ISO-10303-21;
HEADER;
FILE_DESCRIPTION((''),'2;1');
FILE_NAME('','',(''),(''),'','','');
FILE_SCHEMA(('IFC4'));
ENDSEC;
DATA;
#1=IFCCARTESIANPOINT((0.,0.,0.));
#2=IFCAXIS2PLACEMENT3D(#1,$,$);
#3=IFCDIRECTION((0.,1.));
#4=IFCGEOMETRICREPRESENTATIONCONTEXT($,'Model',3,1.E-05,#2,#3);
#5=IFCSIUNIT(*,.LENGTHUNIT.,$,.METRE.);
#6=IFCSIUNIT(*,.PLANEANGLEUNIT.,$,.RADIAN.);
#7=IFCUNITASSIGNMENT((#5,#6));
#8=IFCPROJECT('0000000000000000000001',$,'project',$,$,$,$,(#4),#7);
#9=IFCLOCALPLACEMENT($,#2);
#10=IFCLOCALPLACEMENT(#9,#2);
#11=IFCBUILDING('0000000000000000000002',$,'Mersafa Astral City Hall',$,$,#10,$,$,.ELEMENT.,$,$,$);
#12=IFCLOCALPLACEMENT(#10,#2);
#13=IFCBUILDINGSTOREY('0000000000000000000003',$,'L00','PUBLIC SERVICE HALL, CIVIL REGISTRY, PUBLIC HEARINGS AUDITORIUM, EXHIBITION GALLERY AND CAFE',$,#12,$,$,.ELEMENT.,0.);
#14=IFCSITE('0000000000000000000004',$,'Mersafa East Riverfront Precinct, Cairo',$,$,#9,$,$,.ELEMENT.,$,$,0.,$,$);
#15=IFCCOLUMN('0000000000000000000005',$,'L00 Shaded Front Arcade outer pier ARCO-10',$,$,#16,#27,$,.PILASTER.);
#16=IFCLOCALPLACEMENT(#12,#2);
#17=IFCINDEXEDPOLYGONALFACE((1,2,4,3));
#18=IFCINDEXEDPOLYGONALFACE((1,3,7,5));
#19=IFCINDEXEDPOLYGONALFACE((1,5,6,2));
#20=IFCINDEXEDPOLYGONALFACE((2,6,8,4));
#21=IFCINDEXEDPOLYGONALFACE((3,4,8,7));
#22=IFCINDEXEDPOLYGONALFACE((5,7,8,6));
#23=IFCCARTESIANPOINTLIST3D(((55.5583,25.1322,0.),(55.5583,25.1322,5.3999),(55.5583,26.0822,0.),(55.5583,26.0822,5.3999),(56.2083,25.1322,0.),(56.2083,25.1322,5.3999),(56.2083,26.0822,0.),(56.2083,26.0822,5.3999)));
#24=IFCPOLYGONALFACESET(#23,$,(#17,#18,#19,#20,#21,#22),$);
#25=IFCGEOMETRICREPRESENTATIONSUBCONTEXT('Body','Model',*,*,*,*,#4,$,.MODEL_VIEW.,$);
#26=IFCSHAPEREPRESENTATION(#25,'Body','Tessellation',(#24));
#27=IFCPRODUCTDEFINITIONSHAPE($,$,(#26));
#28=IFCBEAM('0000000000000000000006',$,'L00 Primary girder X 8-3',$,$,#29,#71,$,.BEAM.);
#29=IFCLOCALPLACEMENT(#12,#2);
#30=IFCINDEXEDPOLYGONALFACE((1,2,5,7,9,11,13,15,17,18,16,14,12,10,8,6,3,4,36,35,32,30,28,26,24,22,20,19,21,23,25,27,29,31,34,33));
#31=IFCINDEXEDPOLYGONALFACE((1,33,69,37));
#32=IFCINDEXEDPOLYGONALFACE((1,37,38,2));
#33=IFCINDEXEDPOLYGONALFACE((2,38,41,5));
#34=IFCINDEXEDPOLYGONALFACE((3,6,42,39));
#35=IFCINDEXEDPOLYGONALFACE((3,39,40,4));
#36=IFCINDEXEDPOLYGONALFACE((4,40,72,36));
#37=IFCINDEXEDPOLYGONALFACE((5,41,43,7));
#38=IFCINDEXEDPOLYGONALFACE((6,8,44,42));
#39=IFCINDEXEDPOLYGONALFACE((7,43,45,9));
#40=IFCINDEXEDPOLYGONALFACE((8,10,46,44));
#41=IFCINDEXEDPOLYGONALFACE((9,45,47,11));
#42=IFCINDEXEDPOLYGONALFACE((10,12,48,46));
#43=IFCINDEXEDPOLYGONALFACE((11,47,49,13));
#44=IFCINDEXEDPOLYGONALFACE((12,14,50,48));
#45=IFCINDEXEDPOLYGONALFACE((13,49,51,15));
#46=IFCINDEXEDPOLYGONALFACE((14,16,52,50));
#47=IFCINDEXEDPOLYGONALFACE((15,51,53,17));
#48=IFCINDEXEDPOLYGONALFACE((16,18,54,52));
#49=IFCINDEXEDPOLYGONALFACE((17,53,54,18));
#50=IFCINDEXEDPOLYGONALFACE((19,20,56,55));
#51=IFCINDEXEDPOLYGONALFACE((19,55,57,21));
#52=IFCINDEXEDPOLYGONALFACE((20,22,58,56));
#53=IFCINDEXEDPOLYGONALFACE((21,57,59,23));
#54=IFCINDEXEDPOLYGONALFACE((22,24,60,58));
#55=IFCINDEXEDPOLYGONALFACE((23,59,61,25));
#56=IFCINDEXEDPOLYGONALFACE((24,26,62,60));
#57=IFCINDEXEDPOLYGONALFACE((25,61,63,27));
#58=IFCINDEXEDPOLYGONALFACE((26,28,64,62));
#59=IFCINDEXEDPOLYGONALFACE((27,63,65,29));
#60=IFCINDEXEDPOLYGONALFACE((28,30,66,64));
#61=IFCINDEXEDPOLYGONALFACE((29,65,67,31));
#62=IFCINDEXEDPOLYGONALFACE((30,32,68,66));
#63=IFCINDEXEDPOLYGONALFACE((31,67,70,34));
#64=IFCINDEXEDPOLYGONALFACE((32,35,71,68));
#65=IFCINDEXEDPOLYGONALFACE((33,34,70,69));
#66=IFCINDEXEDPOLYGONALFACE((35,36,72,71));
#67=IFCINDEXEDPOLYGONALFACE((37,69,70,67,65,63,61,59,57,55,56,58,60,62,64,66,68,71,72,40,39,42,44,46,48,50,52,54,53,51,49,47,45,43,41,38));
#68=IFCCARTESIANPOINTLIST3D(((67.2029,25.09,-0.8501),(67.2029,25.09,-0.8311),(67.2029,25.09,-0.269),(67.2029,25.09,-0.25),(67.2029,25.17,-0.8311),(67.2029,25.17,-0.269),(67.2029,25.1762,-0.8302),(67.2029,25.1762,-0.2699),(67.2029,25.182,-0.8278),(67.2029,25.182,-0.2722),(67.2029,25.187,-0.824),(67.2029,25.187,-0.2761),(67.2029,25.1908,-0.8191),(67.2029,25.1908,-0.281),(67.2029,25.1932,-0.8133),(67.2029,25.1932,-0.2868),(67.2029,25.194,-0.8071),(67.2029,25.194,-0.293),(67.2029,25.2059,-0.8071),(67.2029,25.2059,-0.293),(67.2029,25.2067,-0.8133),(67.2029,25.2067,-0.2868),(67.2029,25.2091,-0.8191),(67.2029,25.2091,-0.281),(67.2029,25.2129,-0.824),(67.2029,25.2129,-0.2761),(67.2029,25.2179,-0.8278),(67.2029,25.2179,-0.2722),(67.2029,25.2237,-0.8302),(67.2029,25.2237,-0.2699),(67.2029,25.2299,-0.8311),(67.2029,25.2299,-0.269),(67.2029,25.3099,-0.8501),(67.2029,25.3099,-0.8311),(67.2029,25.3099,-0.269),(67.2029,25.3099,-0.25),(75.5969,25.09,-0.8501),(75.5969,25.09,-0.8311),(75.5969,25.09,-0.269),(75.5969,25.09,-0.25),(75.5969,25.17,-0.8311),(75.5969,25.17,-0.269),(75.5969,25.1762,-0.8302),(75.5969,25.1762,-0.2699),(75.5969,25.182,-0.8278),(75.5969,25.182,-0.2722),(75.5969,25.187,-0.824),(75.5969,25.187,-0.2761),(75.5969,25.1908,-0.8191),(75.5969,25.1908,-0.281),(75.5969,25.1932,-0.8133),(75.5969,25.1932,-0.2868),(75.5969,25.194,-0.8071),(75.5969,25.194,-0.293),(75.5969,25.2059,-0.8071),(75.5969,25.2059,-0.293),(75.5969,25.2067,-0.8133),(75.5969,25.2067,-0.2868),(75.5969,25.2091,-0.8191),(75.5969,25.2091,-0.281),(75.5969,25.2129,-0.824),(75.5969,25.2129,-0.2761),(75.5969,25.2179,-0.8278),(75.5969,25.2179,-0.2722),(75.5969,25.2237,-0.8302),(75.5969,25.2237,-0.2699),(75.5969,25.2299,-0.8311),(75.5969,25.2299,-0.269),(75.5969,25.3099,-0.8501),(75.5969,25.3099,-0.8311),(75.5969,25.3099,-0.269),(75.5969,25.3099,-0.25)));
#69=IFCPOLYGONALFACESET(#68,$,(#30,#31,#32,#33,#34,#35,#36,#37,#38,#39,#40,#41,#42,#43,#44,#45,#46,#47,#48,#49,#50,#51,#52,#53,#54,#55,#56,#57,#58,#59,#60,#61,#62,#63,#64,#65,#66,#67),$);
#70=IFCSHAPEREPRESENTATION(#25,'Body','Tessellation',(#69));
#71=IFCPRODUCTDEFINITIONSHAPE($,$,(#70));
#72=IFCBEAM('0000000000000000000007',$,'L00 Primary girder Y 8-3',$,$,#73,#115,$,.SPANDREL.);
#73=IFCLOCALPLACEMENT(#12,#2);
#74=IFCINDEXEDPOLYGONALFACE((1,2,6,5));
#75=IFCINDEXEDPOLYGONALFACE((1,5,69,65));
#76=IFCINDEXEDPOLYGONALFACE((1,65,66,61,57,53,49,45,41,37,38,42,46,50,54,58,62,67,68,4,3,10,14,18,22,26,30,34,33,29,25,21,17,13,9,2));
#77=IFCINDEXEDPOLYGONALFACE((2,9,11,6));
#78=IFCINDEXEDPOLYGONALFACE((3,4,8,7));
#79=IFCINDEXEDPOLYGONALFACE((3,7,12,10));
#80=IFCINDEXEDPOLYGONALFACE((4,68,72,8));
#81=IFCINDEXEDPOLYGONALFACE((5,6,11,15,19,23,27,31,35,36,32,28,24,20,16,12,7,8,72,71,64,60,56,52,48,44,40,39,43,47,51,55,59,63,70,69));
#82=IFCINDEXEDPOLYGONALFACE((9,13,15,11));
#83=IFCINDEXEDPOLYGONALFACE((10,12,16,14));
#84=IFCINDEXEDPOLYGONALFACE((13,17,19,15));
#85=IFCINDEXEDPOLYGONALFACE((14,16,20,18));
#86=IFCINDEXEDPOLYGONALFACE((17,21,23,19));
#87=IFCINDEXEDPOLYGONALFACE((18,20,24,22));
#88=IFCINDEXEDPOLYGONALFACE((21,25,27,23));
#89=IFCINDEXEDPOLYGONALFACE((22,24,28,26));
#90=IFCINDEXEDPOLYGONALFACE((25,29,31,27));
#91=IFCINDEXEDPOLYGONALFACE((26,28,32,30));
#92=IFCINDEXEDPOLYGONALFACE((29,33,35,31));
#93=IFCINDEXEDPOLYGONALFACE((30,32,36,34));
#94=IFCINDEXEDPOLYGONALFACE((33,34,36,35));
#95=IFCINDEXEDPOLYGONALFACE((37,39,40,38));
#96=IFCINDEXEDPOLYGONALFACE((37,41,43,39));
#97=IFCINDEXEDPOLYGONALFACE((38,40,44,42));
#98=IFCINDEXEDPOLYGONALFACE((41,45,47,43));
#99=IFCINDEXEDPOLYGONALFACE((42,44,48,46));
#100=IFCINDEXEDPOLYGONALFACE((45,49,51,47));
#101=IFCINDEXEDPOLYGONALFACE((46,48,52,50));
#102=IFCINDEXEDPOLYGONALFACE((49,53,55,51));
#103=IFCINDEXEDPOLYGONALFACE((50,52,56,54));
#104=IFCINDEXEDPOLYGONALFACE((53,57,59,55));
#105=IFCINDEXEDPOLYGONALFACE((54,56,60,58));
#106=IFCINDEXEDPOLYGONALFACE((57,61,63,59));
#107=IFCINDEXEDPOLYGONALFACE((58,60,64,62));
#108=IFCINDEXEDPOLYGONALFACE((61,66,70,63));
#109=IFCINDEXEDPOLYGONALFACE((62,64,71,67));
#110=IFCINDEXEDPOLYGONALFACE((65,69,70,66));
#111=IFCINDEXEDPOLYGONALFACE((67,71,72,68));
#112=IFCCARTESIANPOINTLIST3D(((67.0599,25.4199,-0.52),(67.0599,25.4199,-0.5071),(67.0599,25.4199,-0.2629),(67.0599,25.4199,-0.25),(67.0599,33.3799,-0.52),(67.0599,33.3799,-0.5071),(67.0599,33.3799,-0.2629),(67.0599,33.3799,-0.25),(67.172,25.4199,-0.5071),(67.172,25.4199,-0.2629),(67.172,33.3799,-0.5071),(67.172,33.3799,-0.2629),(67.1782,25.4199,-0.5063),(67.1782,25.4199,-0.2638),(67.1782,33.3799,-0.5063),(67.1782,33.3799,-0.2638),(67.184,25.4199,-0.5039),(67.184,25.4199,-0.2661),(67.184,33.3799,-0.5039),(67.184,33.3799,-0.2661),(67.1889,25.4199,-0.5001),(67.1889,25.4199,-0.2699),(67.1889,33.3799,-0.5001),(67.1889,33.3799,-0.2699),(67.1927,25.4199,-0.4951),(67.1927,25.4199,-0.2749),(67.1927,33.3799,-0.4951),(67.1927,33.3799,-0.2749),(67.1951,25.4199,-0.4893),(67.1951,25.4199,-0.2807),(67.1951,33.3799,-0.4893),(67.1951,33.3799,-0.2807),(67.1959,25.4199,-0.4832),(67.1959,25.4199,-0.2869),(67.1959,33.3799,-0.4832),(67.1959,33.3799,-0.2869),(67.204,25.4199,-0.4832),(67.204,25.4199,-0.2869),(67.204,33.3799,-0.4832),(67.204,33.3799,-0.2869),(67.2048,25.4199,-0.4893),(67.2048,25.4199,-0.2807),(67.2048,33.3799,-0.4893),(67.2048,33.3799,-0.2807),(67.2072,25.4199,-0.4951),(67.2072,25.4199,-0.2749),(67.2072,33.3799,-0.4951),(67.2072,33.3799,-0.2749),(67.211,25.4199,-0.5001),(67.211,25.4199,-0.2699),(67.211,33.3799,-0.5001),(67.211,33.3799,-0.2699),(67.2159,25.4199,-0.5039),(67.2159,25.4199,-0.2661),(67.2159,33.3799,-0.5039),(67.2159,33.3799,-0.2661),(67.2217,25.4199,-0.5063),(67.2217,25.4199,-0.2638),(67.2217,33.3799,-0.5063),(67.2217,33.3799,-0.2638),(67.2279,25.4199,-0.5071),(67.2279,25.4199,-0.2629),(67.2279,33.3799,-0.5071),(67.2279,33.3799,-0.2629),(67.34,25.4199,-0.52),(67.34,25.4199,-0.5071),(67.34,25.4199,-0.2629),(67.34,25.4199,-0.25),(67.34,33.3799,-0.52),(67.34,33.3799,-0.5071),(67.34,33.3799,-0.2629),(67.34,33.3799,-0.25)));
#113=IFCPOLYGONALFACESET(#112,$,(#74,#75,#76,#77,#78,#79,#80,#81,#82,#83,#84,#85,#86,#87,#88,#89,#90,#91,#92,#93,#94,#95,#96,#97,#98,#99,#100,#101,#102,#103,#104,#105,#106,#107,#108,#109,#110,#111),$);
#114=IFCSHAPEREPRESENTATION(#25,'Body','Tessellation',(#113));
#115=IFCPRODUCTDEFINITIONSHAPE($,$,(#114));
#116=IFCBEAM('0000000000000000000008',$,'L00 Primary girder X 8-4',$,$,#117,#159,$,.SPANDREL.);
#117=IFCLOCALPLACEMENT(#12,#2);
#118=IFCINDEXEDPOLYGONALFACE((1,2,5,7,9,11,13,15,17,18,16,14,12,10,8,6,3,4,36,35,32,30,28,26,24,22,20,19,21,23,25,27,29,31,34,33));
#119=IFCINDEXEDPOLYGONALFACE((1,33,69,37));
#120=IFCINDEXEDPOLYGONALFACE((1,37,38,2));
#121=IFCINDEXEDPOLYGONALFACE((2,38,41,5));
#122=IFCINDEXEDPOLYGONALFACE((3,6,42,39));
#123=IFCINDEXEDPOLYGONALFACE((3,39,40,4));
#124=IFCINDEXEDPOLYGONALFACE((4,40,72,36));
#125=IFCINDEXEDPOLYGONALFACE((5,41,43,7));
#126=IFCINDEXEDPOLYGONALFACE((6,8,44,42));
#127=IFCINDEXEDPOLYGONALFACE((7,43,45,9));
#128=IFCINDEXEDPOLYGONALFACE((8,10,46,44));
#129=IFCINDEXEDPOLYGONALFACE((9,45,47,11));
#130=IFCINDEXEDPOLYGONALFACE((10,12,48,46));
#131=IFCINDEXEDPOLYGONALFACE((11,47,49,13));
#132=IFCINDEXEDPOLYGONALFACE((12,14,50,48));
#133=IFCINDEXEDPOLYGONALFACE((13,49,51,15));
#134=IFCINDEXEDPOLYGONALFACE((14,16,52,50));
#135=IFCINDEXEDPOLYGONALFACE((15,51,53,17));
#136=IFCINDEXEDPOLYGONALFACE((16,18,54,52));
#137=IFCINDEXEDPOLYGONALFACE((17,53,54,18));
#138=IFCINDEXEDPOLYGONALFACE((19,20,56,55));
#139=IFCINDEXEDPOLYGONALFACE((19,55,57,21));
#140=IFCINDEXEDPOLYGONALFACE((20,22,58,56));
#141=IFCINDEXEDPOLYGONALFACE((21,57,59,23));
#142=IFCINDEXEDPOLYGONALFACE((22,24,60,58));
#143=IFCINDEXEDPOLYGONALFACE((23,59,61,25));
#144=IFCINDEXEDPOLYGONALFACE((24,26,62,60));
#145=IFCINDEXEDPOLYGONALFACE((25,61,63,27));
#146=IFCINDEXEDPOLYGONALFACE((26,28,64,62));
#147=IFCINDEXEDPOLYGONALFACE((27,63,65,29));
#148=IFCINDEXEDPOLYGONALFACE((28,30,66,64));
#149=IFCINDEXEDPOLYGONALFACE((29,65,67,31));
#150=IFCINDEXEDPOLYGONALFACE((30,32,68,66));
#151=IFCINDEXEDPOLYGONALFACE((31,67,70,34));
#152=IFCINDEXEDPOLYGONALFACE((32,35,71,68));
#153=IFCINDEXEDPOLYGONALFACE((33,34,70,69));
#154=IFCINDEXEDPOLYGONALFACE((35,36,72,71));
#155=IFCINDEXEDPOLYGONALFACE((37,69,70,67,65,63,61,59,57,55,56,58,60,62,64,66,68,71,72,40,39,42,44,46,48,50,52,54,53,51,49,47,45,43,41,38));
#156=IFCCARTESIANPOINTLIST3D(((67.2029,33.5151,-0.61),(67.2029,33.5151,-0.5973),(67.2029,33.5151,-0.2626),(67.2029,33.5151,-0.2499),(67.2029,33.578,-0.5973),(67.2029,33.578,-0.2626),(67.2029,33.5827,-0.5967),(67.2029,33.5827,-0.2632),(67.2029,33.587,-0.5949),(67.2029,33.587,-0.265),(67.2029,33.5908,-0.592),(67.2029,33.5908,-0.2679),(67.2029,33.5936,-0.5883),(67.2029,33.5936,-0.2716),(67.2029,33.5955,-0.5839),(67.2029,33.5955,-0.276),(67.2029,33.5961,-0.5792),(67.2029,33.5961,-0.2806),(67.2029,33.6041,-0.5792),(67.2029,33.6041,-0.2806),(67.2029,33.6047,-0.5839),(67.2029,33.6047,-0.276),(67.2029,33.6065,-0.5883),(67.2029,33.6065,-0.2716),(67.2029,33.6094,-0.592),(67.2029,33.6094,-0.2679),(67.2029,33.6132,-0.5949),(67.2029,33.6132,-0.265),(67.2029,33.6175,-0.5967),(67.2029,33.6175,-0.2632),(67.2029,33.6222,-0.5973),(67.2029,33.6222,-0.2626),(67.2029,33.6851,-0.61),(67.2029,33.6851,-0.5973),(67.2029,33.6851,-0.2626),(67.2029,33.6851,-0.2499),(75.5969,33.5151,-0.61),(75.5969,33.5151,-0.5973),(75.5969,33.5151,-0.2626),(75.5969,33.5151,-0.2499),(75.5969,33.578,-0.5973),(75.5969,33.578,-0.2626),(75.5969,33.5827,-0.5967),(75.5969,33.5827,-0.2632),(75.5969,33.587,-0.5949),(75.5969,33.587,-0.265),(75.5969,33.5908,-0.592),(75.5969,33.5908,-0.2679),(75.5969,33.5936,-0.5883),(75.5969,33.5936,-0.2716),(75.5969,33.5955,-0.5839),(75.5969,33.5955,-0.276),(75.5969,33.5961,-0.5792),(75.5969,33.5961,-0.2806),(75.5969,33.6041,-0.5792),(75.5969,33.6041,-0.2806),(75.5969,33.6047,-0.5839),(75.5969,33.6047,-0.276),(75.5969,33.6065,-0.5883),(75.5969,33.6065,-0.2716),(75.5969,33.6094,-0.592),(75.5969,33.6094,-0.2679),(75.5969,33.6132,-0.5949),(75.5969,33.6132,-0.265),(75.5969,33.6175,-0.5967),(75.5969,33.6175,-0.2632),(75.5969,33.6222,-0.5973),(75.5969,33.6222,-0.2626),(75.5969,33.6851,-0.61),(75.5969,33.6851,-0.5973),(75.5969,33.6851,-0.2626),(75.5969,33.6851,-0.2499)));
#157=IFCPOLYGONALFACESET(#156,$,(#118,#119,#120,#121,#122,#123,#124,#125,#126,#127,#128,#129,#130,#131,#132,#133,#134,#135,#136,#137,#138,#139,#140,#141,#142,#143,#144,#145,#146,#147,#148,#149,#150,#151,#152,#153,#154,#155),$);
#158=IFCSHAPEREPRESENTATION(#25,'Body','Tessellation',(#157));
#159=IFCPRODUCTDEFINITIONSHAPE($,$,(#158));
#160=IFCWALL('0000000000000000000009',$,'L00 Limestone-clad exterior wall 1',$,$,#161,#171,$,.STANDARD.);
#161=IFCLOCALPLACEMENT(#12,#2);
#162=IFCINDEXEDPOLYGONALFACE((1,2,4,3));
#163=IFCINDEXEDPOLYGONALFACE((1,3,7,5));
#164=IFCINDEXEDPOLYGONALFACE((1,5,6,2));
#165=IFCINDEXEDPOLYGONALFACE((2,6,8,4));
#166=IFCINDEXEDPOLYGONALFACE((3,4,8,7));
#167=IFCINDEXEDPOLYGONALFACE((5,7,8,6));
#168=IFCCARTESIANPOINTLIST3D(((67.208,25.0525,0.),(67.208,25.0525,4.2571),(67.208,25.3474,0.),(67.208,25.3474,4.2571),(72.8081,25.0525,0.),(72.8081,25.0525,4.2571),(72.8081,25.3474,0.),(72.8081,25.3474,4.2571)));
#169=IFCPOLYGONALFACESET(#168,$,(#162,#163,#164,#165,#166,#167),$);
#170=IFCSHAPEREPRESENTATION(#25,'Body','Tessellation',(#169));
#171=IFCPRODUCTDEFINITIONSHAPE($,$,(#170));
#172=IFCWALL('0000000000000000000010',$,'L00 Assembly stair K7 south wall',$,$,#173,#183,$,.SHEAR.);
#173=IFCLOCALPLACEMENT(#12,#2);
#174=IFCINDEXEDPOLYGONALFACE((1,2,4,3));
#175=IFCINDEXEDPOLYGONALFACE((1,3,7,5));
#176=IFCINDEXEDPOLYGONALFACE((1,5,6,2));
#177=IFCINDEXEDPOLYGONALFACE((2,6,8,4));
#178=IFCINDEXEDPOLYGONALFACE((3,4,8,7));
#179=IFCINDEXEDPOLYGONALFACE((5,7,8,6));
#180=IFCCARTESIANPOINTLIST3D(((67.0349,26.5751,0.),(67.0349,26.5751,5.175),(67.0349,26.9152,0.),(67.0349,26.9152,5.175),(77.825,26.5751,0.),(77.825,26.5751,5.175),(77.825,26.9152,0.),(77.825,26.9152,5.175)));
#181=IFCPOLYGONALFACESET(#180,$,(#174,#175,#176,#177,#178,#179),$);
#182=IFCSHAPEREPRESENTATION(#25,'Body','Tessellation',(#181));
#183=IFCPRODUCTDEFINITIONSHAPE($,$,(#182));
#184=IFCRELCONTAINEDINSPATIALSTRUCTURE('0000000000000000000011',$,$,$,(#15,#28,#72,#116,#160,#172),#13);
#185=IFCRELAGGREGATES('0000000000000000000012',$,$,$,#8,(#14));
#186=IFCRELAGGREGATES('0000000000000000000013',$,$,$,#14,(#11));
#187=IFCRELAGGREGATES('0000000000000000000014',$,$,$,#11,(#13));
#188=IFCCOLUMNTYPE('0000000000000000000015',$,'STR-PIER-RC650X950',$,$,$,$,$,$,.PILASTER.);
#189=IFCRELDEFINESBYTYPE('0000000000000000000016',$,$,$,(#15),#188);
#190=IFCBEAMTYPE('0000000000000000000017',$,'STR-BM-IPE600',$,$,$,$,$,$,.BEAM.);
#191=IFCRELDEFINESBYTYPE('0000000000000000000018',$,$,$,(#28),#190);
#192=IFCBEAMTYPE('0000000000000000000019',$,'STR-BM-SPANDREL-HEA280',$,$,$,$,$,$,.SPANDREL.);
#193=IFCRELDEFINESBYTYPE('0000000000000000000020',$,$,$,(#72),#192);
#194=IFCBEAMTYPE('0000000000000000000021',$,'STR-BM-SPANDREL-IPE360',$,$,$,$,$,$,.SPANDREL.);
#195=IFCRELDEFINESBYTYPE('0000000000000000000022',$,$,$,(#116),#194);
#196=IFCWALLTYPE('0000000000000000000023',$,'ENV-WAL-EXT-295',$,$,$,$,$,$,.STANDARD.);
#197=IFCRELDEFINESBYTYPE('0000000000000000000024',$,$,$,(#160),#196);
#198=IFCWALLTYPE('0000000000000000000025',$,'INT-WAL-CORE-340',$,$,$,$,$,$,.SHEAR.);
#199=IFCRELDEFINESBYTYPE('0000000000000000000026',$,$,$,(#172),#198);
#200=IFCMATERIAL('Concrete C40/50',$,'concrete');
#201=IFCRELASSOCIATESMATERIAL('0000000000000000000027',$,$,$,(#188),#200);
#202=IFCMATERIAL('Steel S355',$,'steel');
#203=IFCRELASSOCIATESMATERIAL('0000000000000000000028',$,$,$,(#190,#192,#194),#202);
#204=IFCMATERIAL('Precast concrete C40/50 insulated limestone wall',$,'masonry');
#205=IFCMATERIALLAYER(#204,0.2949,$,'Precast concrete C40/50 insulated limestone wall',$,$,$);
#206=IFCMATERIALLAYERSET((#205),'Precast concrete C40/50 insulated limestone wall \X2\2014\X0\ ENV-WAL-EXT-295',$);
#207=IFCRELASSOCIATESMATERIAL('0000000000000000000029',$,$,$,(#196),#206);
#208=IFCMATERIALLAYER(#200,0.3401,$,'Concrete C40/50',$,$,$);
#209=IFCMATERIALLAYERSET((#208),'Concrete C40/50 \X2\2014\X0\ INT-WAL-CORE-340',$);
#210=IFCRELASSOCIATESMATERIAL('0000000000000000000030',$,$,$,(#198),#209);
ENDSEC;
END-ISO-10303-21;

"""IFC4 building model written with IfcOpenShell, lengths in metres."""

from ifc_helpers import new_model, si_unit, direction, frame, frame_2d, origin, origin_2d, place, context, subcontext, project, spatial, rectangle, i_section, extrude, material, layer, layer_set, material_profile, profile_set, type_object, element, save


model = new_model("IFC4")

# Units and contexts
model_context = context("Model", 3, precision=1e-05, world=origin(), true_north=direction((0.0, 1.0)))
body_context = subcontext(model_context, "Body", "Model", "MODEL_VIEW")
ifc_project = project(units=[si_unit("LENGTHUNIT", "METRE"), si_unit("PLANEANGLEUNIT", "RADIAN")], contexts=[model_context])

# Site, building, storey
site_placement = place(None, origin())
site = spatial("IfcSite", under=ifc_project, at=site_placement, Name="Mersafa East Riverfront Precinct, Cairo", CompositionType="ELEMENT", RefElevation=0.0)
building_placement = place(site_placement, origin())
building = spatial("IfcBuilding", under=site, at=building_placement, Name="Mersafa Astral City Hall", CompositionType="ELEMENT")
storey_placement = place(building_placement, origin())
storey = spatial("IfcBuildingStorey", under=building, at=storey_placement, Name="L00", Description="PUBLIC SERVICE HALL, CIVIL REGISTRY, PUBLIC HEARINGS AUDITORIUM, EXHIBITION GALLERY AND CAFE", CompositionType="ELEMENT", Elevation=0.0)

# Column
ifc_material_1 = material(Name="Steel S355", Category="steel")
ifc_material_2 = material(Name="Concrete C40/50", Category="concrete")
ifc_material_profile_1 = material_profile(ifc_material_2, rectangle(XDim=0.6499, YDim=0.95, at=origin_2d()), Name="RC 650x950")
ifc_profile_set_1 = profile_set([ifc_material_profile_1], Name="Concrete C40/50")
column_type_1 = type_object("IfcColumnType", Name="STR-PIER-RC650X950", PredefinedType="PILASTER", material=ifc_profile_set_1)
for number, where, z_axis, x_axis, name in (
    (1, (55.8833, 25.6072, 0.0), (0.0, 0.0, 1.0), (1.0, 0.0, 0.0), "L00 Shaded Front Arcade outer pier ARCO-10"),
):
    element("IfcColumn", number, at=place(storey_placement, frame(where, z_axis=z_axis, x_axis=x_axis)), inside=storey, type_object=column_type_1, Name=name, PredefinedType="PILASTER", context=body_context, shape_type="SweptSolid", body=[
        extrude(rectangle(XDim=0.6499, YDim=0.95, at=origin_2d()), origin(), (0.0, 0.0, 1.0), 5.3999),
    ])

# Beams
ifc_material_profile_2 = material_profile(ifc_material_1, i_section(OverallWidth=0.22, OverallDepth=0.6001, WebThickness=0.012, FlangeThickness=0.019, FilletRadius=0.0239, at=origin_2d()), Name="IPE 600")
ifc_profile_set_2 = profile_set([ifc_material_profile_2], Name="Steel S355")
beam_type_1 = type_object("IfcBeamType", Name="STR-BM-IPE600", PredefinedType="BEAM", material=ifc_profile_set_2)
beam_1_placement = place(storey_placement, frame((67.2029, 25.2, -0.55), z_axis=(1.0, 0.0, 0.0), x_axis=(0.0, 1.0, 0.0)))
element("IfcBeam", 2, at=beam_1_placement, inside=storey, type_object=beam_type_1, Name="L00 Primary girder X 8-3", PredefinedType="BEAM", context=body_context, shape_type="SweptSolid", body=[
    extrude(i_section(OverallWidth=0.22, OverallDepth=0.6001, WebThickness=0.012, FlangeThickness=0.019, FilletRadius=0.0239, at=origin_2d()), origin(), (0.0, 0.0, 1.0), 8.394),
])
ifc_material_profile_3 = material_profile(ifc_material_1, i_section(OverallWidth=0.28, OverallDepth=0.27, WebThickness=0.0081, FlangeThickness=0.0129, FilletRadius=0.0239, at=origin_2d()), Name="HEA 280")
ifc_profile_set_3 = profile_set([ifc_material_profile_3], Name="Steel S355")
beam_type_2 = type_object("IfcBeamType", Name="STR-BM-SPANDREL-HEA280", PredefinedType="SPANDREL", material=ifc_profile_set_3)
beam_2_placement = place(storey_placement, frame((67.2, 25.4199, -0.385), z_axis=(0.0, 1.0, 0.0), x_axis=(-1.0, 0.0, 0.0)))
element("IfcBeam", 3, at=beam_2_placement, inside=storey, type_object=beam_type_2, Name="L00 Primary girder Y 8-3", PredefinedType="SPANDREL", context=body_context, shape_type="SweptSolid", body=[
    extrude(i_section(OverallWidth=0.28, OverallDepth=0.27, WebThickness=0.0081, FlangeThickness=0.0129, FilletRadius=0.0239, at=origin_2d()), origin(), (0.0, 0.0, 1.0), 7.96),
])
ifc_material_profile_4 = material_profile(ifc_material_1, i_section(OverallWidth=0.1699, OverallDepth=0.3601, WebThickness=0.0081, FlangeThickness=0.0127, FilletRadius=0.0181, at=origin_2d()), Name="IPE 360")
ifc_profile_set_4 = profile_set([ifc_material_profile_4], Name="Steel S355")
beam_type_3 = type_object("IfcBeamType", Name="STR-BM-SPANDREL-IPE360", PredefinedType="SPANDREL", material=ifc_profile_set_4)
beam_3_placement = place(storey_placement, frame((67.2029, 33.6001, -0.4299), z_axis=(1.0, 0.0, 0.0), x_axis=(0.0, 1.0, 0.0)))
element("IfcBeam", 4, at=beam_3_placement, inside=storey, type_object=beam_type_3, Name="L00 Primary girder X 8-4", PredefinedType="SPANDREL", context=body_context, shape_type="SweptSolid", body=[
    extrude(i_section(OverallWidth=0.1699, OverallDepth=0.3601, WebThickness=0.0081, FlangeThickness=0.0127, FilletRadius=0.0181, at=origin_2d()), origin(), (0.0, 0.0, 1.0), 8.394),
])

# Walls
ifc_material_3 = material(Name="Precast concrete C40/50 insulated limestone wall", Category="masonry")
ifc_layer_1 = layer(ifc_material_3, 0.2949, Name="Precast concrete C40/50 insulated limestone wall")
ifc_layer_set_1 = layer_set([ifc_layer_1], Name="Precast concrete C40/50 insulated limestone wall — ENV-WAL-EXT-295")
wall_type_1 = type_object("IfcWallType", Name="ENV-WAL-EXT-295", PredefinedType="STANDARD", material=ifc_layer_set_1)
wall_1_placement = place(storey_placement, frame((67.208, 25.2, 0.0), z_axis=(0.0, 0.0, 1.0), x_axis=(1.0, 0.0, 0.0)))
element("IfcWall", 5, at=wall_1_placement, inside=storey, type_object=wall_type_1, Name="L00 Limestone-clad exterior wall 1", PredefinedType="STANDARD", context=body_context, shape_type="SweptSolid", body=[
    extrude(rectangle(XDim=5.6001, YDim=0.2949, at=frame_2d((2.8, 0.0))), origin(), (0.0, 0.0, 1.0), 4.2571),
])
ifc_layer_2 = layer(ifc_material_2, 0.3401, Name="Concrete C40/50")
ifc_layer_set_2 = layer_set([ifc_layer_2], Name="Concrete C40/50 — INT-WAL-CORE-340")
wall_type_2 = type_object("IfcWallType", Name="INT-WAL-CORE-340", PredefinedType="SHEAR", material=ifc_layer_set_2)
wall_2_placement = place(storey_placement, frame((67.0349, 26.7451, 0.0), z_axis=(0.0, 0.0, 1.0), x_axis=(1.0, 0.0, 0.0)))
element("IfcWall", 6, at=wall_2_placement, inside=storey, type_object=wall_type_2, Name="L00 Assembly stair K7 south wall", PredefinedType="SHEAR", context=body_context, shape_type="SweptSolid", body=[
    extrude(rectangle(XDim=10.79, YDim=0.3401, at=frame_2d((5.395, 0.0))), origin(), (0.0, 0.0, 1.0), 5.175),
])

save(model, "model.ifc")
